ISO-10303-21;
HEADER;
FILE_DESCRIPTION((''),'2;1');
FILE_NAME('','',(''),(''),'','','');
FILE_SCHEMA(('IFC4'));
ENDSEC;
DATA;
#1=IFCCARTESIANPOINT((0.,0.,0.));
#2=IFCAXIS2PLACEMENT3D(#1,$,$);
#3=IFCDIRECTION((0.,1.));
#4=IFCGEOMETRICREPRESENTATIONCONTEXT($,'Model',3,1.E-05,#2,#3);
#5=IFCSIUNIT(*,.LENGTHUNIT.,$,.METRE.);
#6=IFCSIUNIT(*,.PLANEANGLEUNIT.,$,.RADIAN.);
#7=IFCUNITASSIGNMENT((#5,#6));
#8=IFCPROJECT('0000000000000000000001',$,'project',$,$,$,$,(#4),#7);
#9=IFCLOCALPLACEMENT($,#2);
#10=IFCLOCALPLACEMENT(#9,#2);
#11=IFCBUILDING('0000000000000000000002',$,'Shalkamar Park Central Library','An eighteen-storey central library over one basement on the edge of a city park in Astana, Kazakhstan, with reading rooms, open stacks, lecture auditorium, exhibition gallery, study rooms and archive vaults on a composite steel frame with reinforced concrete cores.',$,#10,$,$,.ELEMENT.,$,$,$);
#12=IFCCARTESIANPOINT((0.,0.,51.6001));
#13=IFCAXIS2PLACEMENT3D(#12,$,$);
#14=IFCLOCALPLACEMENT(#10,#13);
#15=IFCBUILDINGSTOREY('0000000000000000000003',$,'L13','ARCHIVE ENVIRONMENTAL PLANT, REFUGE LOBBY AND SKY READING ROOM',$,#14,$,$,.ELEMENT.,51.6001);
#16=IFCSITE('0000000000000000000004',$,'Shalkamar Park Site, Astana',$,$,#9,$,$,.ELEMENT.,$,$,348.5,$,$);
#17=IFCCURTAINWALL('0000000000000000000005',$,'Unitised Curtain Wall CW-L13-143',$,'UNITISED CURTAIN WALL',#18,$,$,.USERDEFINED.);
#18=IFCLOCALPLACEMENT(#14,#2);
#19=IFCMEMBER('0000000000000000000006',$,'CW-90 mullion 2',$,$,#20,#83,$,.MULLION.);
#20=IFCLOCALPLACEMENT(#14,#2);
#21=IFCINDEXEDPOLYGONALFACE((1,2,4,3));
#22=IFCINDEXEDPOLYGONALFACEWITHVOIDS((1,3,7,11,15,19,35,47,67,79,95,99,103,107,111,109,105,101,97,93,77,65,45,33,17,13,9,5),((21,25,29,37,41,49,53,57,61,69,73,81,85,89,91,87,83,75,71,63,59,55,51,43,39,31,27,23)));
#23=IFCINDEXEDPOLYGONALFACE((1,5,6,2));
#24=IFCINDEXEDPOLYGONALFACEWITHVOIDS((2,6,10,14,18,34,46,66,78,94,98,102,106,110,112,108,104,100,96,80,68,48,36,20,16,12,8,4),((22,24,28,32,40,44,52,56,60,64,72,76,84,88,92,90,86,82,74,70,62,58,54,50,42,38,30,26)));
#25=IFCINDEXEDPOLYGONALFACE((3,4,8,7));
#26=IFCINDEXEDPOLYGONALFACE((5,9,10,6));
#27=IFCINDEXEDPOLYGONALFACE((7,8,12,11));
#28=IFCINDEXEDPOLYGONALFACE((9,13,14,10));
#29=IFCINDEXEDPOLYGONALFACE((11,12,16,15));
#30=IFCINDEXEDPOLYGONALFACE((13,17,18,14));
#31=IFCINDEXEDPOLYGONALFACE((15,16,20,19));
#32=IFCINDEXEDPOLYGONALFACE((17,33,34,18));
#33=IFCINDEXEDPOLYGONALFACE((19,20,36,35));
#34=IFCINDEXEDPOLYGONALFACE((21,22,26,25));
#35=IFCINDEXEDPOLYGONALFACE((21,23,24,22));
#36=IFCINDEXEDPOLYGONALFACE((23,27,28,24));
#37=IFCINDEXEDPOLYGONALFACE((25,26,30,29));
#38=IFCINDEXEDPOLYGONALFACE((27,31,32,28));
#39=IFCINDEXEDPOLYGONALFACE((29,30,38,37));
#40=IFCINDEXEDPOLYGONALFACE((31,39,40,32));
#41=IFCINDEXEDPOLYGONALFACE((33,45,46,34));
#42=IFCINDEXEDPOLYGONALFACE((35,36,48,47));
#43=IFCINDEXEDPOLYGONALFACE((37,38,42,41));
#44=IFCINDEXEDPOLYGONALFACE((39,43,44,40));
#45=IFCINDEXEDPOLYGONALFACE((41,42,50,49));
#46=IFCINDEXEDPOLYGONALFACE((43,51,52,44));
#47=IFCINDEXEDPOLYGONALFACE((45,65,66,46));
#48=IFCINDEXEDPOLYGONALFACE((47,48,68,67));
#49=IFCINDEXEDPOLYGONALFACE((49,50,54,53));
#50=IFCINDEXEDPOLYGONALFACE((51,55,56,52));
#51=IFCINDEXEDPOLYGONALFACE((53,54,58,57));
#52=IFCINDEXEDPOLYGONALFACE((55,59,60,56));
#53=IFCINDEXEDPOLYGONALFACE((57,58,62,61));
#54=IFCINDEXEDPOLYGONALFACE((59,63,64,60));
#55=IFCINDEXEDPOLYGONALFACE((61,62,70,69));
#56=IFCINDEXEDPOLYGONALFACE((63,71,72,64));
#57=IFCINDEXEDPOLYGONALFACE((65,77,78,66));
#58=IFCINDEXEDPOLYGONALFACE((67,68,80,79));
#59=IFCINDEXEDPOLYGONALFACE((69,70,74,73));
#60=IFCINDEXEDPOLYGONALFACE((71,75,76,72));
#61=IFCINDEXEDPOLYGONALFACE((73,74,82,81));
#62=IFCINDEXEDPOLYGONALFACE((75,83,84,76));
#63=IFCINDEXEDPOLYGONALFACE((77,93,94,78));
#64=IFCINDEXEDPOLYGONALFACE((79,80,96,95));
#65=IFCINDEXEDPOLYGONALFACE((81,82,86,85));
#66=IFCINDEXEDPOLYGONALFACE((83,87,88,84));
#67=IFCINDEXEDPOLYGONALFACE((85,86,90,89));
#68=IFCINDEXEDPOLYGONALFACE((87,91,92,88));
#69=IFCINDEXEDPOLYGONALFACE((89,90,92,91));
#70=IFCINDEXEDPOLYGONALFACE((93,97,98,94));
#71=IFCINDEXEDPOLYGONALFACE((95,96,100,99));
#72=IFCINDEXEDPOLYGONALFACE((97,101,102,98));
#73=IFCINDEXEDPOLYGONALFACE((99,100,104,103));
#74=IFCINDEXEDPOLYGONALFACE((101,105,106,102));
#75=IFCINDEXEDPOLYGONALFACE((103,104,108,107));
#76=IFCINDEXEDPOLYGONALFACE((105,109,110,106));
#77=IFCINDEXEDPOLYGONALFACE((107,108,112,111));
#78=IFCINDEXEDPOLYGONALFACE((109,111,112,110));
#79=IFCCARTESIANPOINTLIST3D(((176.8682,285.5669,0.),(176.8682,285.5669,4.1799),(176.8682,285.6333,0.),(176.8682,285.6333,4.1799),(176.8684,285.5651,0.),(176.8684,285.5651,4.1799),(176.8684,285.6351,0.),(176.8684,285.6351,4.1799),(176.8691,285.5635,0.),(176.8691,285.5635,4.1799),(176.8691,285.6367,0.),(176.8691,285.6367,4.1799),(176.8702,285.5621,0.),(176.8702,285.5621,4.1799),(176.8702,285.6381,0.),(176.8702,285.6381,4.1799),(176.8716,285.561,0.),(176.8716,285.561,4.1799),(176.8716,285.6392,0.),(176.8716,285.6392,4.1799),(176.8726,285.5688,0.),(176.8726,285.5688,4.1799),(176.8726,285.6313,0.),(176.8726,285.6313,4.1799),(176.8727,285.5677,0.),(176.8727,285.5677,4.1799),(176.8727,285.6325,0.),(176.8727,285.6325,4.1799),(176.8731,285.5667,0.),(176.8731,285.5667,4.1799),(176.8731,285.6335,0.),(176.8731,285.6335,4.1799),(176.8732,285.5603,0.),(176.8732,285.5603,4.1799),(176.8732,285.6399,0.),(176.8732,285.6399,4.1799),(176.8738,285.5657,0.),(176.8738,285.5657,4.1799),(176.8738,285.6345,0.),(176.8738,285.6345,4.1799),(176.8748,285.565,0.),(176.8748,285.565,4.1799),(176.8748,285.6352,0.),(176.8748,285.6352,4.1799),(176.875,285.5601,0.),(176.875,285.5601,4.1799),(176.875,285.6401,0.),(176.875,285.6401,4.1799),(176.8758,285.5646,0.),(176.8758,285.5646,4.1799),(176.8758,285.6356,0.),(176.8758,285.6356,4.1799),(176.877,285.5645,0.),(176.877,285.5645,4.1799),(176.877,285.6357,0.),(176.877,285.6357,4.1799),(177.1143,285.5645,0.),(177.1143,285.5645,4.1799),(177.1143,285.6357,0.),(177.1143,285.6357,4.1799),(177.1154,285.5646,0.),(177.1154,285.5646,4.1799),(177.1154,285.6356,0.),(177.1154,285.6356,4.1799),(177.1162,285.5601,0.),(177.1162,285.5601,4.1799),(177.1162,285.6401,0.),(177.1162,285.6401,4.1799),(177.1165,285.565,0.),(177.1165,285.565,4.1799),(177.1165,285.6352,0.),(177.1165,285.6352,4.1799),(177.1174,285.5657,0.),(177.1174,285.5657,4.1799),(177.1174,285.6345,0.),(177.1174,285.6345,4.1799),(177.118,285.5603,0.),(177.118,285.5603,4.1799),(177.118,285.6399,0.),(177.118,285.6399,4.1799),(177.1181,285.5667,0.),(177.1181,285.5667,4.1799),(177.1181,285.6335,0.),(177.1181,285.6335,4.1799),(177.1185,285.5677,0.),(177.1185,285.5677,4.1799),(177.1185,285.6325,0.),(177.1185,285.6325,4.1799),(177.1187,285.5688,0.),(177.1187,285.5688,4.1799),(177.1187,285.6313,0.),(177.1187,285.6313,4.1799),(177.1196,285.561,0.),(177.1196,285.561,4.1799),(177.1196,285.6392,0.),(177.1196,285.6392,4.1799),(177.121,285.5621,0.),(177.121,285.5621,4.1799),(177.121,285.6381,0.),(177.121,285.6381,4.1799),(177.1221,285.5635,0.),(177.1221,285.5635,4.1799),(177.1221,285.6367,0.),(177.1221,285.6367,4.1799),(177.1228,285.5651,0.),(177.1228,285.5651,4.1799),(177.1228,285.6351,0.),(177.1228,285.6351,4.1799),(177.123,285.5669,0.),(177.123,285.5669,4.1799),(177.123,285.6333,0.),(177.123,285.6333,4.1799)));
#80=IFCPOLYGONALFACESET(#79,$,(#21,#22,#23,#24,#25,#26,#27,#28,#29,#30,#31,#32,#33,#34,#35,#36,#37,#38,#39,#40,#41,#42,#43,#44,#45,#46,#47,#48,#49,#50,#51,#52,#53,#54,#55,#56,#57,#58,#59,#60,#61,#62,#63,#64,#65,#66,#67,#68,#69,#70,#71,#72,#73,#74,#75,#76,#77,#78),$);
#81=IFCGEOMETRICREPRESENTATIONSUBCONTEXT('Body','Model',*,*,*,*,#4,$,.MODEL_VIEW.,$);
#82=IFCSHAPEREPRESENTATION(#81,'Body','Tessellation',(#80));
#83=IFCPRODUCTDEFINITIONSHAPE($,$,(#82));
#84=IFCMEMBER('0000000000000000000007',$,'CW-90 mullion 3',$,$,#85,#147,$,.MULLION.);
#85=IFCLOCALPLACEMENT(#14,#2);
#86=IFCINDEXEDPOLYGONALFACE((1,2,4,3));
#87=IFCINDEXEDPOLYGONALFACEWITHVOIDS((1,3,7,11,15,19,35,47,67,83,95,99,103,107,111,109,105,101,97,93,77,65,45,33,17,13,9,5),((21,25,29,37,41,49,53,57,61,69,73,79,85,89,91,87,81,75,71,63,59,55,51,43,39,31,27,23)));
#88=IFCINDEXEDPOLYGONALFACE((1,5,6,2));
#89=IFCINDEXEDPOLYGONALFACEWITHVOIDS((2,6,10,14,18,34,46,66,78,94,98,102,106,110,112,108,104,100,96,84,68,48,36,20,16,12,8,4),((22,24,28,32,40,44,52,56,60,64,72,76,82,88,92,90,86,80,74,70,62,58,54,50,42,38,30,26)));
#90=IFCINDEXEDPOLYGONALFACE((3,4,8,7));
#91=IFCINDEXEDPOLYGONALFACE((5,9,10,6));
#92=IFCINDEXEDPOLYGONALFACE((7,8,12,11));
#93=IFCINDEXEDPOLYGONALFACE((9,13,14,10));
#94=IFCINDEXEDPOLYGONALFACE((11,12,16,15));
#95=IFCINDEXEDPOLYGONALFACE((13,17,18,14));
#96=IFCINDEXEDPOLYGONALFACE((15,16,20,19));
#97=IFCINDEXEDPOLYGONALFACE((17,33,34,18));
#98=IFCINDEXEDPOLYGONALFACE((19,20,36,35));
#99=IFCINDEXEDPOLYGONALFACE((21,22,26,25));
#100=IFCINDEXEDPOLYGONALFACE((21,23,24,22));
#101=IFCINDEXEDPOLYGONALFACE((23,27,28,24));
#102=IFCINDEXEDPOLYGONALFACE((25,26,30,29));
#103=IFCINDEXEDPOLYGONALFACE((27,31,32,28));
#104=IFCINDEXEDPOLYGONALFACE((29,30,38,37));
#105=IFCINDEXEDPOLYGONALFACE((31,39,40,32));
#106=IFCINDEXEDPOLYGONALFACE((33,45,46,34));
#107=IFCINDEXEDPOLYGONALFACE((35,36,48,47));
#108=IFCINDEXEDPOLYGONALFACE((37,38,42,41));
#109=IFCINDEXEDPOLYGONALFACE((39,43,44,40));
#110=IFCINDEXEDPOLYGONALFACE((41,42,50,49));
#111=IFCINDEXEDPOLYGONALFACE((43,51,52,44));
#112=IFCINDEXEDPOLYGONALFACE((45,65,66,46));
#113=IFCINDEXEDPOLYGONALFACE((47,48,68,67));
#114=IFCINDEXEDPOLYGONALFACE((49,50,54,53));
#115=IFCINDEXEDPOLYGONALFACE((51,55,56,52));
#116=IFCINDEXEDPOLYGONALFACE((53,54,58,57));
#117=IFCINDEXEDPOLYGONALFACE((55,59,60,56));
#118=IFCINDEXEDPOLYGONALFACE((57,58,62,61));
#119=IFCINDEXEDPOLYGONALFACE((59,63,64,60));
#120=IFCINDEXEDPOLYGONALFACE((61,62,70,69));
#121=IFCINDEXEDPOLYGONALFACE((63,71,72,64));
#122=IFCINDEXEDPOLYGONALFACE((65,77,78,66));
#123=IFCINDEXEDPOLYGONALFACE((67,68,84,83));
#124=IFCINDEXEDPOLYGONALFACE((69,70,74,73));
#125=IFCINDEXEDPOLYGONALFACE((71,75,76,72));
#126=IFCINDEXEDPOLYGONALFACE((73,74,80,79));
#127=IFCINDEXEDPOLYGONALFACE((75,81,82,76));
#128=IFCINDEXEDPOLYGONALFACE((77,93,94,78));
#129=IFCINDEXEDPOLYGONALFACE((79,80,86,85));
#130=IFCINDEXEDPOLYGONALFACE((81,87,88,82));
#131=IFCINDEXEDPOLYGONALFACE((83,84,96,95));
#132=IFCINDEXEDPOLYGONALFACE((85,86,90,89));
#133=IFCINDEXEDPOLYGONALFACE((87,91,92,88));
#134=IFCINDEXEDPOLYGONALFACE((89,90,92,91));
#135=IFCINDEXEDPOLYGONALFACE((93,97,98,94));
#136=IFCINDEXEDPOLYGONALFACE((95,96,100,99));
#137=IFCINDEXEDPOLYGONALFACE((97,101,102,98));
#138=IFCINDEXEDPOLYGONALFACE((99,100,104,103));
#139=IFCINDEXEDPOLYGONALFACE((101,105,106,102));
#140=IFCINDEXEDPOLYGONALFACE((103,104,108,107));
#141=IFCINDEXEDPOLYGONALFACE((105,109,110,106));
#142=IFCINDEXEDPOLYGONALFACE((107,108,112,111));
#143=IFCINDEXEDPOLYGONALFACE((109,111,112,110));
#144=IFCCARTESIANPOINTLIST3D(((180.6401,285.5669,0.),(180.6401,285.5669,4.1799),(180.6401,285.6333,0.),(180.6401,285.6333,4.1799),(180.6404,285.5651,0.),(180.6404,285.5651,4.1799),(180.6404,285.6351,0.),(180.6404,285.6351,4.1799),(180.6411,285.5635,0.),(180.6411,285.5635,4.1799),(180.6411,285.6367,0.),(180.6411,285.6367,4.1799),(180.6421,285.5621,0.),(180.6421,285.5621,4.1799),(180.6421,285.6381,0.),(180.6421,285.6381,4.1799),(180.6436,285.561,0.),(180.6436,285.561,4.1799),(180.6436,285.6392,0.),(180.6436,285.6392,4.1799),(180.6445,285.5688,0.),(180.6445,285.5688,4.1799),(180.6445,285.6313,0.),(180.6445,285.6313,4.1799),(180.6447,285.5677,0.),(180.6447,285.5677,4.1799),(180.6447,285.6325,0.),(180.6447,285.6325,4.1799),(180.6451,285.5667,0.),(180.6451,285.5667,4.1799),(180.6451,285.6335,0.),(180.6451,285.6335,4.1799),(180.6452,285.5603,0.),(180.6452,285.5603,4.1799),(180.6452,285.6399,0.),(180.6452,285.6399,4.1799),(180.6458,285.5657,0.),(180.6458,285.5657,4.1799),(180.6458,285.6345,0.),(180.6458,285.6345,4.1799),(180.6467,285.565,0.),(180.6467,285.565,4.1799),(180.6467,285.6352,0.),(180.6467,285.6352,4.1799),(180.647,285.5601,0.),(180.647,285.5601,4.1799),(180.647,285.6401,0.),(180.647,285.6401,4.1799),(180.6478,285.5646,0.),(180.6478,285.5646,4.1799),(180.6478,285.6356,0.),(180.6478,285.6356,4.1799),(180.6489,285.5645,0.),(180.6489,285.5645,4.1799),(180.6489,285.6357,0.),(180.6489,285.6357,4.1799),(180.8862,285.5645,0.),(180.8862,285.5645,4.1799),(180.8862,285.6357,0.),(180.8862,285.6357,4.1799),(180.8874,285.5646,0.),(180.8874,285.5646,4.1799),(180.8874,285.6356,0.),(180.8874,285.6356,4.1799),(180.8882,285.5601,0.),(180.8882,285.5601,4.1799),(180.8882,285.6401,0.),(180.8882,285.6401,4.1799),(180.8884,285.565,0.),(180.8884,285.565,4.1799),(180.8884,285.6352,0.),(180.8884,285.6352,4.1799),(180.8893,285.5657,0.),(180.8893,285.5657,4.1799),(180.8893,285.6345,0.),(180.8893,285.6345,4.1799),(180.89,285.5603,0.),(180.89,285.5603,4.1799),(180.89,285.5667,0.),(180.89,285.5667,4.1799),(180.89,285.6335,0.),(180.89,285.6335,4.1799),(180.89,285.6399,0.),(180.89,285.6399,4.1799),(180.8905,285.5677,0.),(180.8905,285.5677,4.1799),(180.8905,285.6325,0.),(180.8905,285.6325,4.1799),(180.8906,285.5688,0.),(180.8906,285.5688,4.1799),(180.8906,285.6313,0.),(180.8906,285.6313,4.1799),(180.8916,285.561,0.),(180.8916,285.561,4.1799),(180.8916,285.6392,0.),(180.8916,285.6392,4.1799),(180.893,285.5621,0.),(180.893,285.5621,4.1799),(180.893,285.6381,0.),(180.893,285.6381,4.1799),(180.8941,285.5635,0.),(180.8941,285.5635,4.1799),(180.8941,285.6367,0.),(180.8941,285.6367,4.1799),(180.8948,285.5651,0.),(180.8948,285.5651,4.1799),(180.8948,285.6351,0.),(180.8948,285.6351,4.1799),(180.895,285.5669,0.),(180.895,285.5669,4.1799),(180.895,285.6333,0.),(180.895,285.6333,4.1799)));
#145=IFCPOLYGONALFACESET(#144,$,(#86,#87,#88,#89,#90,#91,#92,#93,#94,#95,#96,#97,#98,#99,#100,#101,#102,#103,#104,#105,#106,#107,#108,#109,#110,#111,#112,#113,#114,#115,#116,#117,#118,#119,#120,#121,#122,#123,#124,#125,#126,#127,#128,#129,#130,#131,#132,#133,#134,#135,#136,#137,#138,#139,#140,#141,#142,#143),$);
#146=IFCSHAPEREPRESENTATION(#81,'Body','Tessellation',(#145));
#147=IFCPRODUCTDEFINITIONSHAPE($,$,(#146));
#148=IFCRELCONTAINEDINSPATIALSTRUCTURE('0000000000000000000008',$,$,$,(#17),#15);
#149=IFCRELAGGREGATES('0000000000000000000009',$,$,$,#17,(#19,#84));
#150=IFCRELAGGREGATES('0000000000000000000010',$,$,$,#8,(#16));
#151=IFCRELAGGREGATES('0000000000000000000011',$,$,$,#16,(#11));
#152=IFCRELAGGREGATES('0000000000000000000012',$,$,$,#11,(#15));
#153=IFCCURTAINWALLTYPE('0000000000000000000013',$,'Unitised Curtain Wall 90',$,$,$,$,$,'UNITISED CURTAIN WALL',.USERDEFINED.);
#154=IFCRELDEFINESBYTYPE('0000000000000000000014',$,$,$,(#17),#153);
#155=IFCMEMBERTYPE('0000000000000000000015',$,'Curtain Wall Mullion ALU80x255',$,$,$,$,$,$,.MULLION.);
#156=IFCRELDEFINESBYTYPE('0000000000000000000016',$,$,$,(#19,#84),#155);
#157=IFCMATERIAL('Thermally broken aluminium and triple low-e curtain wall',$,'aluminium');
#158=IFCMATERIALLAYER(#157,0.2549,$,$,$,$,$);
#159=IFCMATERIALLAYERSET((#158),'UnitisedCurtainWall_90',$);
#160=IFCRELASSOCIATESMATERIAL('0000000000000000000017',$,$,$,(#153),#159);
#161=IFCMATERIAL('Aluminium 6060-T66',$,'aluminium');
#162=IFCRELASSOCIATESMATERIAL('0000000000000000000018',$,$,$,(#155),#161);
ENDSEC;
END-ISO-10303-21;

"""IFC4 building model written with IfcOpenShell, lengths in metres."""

from ifc_helpers import new_model, si_unit, direction, frame, origin, origin_2d, place, context, subcontext, project, spatial, hollow_rectangle, extrude, material, layer, layer_set, material_profile, profile_set, type_object, element, aggregate, save


model = new_model("IFC4")

# Units and contexts
model_context = context("Model", 3, precision=1e-05, world=origin(), true_north=direction((0.0, 1.0)))
body_context = subcontext(model_context, "Body", "Model", "MODEL_VIEW")
ifc_project = project(units=[si_unit("LENGTHUNIT", "METRE"), si_unit("PLANEANGLEUNIT", "RADIAN")], contexts=[model_context])

# Site, building, storey
site_placement = place(None, origin())
site = spatial("IfcSite", under=ifc_project, at=site_placement, Name="Shalkamar Park Site, Astana", CompositionType="ELEMENT", RefElevation=348.5)
building_placement = place(site_placement, origin())
building = spatial("IfcBuilding", under=site, at=building_placement, Name="Shalkamar Park Central Library", Description="An eighteen-storey central library over one basement on the edge of a city park in Astana, Kazakhstan, with reading rooms, open stacks, lecture auditorium, exhibition gallery, study rooms and archive vaults on a composite steel frame with reinforced concrete cores.", CompositionType="ELEMENT")
storey_placement = place(building_placement, frame((0.0, 0.0, 51.6001)))
storey = spatial("IfcBuildingStorey", under=building, at=storey_placement, Name="L13", Description="ARCHIVE ENVIRONMENTAL PLANT, REFUGE LOBBY AND SKY READING ROOM", CompositionType="ELEMENT", Elevation=51.6001)

# Curtain wall, members
ifc_material_1 = material(Name="Thermally broken aluminium and triple low-e curtain wall", Category="aluminium")
ifc_layer_1 = layer(ifc_material_1, 0.2549)
ifc_layer_set_1 = layer_set([ifc_layer_1], Name="UnitisedCurtainWall_90")
curtain_wall_type_1 = type_object("IfcCurtainWallType", Name="Unitised Curtain Wall 90", ElementType="UNITISED CURTAIN WALL", PredefinedType="USERDEFINED", material=ifc_layer_set_1)
curtain_wall_1_placement = place(storey_placement, origin())
curtain_wall_1 = element("IfcCurtainWall", 1, at=curtain_wall_1_placement, inside=storey, type_object=curtain_wall_type_1, Name="Unitised Curtain Wall CW-L13-143", ObjectType="UNITISED CURTAIN WALL", PredefinedType="USERDEFINED")
ifc_material_2 = material(Name="Aluminium 6060-T66", Category="aluminium")
ifc_material_profile_1 = material_profile(ifc_material_2, hollow_rectangle(XDim=0.0801, YDim=0.2549, WallThickness=0.0044, InnerFilletRadius=0.0044, OuterFilletRadius=0.0068, at=origin_2d()), Name="ALU 80x255x4.5")
ifc_profile_set_1 = profile_set([ifc_material_profile_1], Name="Aluminium 6060-T66")
member_type_1 = type_object("IfcMemberType", Name="Curtain Wall Mullion ALU80x255", PredefinedType="MULLION", material=ifc_profile_set_1)
member_1_placement = place(storey_placement, frame((176.9956, 285.6001, 0.0), z_axis=(0.0, 0.0, 1.0), x_axis=(0.0, 1.0, 0.0)))
member_1 = element("IfcMember", 2, at=member_1_placement, type_object=member_type_1, Name="CW-90 mullion 2", PredefinedType="MULLION", context=body_context, shape_type="SweptSolid", body=[
    extrude(hollow_rectangle(XDim=0.0801, YDim=0.2549, WallThickness=0.0044, InnerFilletRadius=0.0044, OuterFilletRadius=0.0068, at=origin_2d()), origin(), (0.0, 0.0, 1.0), 4.1799),
])
member_2_placement = place(storey_placement, frame((180.7676, 285.6001, 0.0), z_axis=(0.0, 0.0, 1.0), x_axis=(0.0, 1.0, 0.0)))
member_2 = element("IfcMember", 3, at=member_2_placement, type_object=member_type_1, Name="CW-90 mullion 3", PredefinedType="MULLION", context=body_context, shape_type="SweptSolid", body=[
    extrude(hollow_rectangle(XDim=0.0801, YDim=0.2549, WallThickness=0.0044, InnerFilletRadius=0.0044, OuterFilletRadius=0.0068, at=origin_2d()), origin(), (0.0, 0.0, 1.0), 4.1799),
])

aggregate(curtain_wall_1, [member_1, member_2])

save(model, "model.ifc")
